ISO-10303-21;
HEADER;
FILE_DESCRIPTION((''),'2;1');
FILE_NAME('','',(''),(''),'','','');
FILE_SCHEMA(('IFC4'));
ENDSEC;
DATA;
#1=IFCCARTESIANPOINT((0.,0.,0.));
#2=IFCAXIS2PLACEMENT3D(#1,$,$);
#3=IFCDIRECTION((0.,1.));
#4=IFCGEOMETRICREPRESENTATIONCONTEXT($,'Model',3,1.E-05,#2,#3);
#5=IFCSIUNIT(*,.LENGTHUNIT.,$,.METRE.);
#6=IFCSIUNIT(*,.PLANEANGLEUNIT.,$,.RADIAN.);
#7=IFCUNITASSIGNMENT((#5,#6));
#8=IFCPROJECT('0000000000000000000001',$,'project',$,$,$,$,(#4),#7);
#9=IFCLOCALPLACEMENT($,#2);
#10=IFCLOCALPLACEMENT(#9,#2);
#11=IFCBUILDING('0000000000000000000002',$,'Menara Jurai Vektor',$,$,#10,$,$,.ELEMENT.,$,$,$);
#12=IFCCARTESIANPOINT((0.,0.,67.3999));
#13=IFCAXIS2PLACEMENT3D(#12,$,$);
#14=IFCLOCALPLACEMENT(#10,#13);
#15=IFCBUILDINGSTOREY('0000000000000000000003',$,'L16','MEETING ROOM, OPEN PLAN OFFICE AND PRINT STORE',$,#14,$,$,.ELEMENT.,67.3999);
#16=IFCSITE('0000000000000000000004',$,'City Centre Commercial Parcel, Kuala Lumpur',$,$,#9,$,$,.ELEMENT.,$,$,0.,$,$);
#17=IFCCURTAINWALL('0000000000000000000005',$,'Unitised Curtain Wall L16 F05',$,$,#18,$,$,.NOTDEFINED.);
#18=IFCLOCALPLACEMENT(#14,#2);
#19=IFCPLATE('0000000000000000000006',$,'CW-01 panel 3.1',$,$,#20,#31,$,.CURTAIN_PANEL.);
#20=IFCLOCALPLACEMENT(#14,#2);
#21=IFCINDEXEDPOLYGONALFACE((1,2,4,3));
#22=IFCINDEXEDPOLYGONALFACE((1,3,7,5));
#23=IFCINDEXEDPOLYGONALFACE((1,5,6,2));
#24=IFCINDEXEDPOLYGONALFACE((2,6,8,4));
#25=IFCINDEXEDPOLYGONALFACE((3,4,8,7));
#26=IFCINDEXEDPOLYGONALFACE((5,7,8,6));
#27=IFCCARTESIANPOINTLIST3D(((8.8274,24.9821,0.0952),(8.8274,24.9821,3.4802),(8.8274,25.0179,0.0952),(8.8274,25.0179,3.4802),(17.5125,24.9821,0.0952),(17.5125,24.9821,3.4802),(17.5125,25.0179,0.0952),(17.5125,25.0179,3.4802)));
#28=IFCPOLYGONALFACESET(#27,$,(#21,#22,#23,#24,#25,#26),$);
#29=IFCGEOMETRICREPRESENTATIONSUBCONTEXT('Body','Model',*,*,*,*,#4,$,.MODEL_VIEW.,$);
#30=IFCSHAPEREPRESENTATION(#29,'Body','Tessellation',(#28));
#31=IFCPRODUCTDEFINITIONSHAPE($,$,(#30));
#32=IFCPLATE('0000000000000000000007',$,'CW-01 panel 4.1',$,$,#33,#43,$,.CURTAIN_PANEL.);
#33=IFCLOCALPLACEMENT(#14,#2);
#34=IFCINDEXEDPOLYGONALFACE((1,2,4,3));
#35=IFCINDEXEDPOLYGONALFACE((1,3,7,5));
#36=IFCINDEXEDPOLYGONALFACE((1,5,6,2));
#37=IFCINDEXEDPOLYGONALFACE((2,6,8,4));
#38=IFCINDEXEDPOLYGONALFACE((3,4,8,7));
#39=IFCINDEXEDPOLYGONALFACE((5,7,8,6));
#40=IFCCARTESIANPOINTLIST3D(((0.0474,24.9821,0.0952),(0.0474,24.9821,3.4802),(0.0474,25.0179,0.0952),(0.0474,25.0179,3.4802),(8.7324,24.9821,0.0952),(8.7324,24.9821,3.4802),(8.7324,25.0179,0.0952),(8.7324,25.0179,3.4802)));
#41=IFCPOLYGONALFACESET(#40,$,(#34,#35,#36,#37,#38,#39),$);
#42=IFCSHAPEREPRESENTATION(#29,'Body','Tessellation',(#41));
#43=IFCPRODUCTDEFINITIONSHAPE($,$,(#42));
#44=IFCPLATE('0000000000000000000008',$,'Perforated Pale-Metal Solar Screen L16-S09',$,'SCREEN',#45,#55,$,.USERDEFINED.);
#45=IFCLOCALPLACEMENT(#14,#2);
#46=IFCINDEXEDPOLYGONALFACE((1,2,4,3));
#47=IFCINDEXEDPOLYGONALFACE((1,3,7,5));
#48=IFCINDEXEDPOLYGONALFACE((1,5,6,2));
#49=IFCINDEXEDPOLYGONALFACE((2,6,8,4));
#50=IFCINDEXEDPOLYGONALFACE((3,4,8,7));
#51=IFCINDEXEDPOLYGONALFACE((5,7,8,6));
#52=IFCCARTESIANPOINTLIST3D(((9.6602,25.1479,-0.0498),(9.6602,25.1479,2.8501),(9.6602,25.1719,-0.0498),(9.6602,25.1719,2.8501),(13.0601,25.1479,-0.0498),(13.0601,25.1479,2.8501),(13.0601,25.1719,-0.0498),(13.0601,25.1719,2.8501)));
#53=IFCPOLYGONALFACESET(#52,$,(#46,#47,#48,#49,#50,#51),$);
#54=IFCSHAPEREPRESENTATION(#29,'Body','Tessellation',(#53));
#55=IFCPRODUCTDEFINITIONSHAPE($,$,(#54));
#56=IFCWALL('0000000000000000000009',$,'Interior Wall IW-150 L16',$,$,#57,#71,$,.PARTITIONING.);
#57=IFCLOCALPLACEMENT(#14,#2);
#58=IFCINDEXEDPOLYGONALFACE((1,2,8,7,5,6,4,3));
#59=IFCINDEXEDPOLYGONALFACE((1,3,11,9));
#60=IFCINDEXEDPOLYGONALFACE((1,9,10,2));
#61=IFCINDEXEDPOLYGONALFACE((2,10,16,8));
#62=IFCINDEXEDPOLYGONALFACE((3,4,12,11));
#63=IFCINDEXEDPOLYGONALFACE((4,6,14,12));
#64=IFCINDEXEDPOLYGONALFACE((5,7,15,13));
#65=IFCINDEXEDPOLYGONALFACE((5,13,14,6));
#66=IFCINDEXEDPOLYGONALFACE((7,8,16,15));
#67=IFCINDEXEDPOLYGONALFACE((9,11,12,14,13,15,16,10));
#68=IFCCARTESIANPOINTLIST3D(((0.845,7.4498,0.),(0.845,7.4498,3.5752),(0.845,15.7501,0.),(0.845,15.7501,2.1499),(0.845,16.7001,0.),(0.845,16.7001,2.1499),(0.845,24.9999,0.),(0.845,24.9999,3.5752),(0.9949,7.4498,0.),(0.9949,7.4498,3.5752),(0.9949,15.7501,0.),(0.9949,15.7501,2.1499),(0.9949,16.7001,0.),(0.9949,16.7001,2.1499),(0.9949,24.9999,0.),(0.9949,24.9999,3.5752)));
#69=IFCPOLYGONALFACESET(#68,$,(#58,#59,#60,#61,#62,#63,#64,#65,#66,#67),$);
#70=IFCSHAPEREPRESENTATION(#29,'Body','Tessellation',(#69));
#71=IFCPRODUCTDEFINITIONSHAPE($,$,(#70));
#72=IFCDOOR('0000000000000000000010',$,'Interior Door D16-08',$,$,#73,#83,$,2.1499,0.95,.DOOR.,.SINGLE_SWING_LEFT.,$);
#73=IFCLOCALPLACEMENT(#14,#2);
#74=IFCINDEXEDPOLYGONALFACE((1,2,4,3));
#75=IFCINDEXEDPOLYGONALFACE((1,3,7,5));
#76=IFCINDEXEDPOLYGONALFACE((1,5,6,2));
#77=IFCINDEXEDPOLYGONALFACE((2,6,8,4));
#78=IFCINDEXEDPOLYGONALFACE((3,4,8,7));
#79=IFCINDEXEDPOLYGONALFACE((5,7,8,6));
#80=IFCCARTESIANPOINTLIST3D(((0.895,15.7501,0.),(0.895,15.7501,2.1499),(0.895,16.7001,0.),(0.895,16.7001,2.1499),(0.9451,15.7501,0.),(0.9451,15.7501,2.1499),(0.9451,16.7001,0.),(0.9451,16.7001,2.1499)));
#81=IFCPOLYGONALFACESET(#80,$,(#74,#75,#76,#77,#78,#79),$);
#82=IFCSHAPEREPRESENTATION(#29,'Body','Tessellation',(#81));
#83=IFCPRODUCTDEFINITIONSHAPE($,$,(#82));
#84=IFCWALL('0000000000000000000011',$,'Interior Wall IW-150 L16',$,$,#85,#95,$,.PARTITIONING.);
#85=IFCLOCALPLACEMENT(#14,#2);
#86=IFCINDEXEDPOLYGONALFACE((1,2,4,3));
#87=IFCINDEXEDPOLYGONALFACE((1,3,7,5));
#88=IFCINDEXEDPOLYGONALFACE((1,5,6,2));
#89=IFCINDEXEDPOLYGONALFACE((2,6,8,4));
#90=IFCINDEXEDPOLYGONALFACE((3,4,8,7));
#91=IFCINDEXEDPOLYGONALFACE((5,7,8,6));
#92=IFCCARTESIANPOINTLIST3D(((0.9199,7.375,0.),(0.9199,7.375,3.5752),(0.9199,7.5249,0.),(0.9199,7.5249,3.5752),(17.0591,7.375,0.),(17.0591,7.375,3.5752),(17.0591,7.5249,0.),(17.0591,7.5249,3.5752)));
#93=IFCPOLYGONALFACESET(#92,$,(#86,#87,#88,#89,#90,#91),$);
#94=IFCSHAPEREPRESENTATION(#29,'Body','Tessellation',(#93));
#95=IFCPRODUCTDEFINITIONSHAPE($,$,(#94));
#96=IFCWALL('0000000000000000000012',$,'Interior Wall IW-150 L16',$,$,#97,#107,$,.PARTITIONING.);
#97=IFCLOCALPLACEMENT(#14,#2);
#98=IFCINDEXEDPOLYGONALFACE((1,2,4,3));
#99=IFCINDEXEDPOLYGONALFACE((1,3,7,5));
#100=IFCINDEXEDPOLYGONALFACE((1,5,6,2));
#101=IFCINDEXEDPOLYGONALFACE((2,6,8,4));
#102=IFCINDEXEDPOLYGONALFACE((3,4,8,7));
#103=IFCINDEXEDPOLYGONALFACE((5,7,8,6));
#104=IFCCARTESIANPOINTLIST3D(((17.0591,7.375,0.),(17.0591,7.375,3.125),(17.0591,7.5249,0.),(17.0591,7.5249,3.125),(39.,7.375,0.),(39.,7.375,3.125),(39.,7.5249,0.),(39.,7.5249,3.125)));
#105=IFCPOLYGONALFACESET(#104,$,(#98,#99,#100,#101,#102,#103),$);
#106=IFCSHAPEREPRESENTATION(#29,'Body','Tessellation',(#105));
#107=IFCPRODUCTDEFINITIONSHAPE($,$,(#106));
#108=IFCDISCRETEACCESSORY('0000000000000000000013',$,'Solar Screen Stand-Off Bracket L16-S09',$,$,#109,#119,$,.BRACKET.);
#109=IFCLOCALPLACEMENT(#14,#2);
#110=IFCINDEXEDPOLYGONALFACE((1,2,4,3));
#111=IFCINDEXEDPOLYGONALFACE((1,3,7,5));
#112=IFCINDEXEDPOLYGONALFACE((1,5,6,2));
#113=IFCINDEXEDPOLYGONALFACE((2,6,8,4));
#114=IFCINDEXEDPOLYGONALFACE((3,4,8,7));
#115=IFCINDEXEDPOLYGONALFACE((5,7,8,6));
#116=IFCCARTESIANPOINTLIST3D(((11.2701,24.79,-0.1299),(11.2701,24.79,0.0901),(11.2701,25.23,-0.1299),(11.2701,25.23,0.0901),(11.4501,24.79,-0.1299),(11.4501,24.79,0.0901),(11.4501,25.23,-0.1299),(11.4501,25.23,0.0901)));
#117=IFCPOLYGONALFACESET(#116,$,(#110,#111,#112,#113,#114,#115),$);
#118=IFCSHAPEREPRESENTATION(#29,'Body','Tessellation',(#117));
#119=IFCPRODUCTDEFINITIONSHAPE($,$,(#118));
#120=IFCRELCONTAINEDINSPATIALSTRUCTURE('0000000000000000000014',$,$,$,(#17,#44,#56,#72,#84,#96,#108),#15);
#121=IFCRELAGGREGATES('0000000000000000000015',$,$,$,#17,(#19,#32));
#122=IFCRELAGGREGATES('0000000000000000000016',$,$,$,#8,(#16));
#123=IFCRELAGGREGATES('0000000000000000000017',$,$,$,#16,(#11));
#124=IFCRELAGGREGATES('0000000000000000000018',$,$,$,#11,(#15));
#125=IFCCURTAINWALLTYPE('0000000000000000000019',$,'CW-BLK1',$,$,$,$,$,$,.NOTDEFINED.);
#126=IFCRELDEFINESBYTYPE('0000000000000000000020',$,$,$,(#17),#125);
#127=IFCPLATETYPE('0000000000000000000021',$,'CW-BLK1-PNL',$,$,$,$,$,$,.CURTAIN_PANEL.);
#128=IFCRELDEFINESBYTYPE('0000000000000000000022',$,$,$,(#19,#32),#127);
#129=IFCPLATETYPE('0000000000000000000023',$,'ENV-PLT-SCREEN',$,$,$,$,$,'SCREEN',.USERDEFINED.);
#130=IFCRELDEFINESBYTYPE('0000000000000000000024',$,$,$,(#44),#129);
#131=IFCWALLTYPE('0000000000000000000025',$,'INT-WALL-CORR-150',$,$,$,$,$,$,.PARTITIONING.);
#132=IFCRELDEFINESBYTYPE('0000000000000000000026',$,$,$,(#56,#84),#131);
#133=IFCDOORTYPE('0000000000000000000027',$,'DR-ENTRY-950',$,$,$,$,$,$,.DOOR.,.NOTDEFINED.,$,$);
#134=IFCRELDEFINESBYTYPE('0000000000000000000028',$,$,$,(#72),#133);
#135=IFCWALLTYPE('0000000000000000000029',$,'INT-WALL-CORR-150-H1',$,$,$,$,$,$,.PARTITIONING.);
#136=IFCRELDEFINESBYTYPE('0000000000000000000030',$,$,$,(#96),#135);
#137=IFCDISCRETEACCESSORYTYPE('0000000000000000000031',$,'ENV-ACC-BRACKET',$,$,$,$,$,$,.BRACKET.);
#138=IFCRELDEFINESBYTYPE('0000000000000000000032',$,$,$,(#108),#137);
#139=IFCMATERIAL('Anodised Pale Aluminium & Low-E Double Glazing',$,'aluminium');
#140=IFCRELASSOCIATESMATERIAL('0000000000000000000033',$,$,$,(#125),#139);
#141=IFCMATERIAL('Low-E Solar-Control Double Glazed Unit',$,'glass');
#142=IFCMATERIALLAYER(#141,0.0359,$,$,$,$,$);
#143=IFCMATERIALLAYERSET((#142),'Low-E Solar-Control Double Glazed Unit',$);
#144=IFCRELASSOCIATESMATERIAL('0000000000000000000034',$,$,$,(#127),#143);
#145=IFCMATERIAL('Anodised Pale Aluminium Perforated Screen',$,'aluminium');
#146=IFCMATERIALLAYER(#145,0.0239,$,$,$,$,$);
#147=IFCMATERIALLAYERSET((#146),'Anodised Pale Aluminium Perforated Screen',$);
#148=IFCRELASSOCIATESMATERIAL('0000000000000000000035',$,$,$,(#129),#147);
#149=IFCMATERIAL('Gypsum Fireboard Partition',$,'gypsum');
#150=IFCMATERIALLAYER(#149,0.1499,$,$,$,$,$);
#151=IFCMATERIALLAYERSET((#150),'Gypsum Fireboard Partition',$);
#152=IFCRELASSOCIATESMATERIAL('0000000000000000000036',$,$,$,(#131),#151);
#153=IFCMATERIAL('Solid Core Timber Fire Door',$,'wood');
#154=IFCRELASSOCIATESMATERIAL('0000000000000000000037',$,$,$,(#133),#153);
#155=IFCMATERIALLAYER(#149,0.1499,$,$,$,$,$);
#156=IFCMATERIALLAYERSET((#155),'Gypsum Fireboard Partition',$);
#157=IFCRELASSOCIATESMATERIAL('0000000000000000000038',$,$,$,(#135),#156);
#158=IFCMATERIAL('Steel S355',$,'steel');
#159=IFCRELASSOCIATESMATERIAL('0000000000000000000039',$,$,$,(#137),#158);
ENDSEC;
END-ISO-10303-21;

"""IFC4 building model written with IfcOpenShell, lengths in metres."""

from ifc_helpers import new_model, si_unit, direction, frame, frame_2d, origin, origin_2d, place, context, subcontext, project, spatial, rectangle, extrude, material, layer, layer_set, type_object, element, fill, aggregate, save


model = new_model("IFC4")

# Units and contexts
model_context = context("Model", 3, precision=1e-05, world=origin(), true_north=direction((0.0, 1.0)))
body_context = subcontext(model_context, "Body", "Model", "MODEL_VIEW")
ifc_project = project(units=[si_unit("LENGTHUNIT", "METRE"), si_unit("PLANEANGLEUNIT", "RADIAN")], contexts=[model_context])

# Site, building, storey
site_placement = place(None, origin())
site = spatial("IfcSite", under=ifc_project, at=site_placement, Name="City Centre Commercial Parcel, Kuala Lumpur", CompositionType="ELEMENT", RefElevation=0.0)
building_placement = place(site_placement, origin())
building = spatial("IfcBuilding", under=site, at=building_placement, Name="Menara Jurai Vektor", CompositionType="ELEMENT")
storey_placement = place(building_placement, frame((0.0, 0.0, 67.3999)))
storey = spatial("IfcBuildingStorey", under=building, at=storey_placement, Name="L16", Description="MEETING ROOM, OPEN PLAN OFFICE AND PRINT STORE", CompositionType="ELEMENT", Elevation=67.3999)

# Curtain wall
ifc_material_1 = material(Name="Anodised Pale Aluminium & Low-E Double Glazing", Category="aluminium")
curtain_wall_type = type_object("IfcCurtainWallType", Name="CW-BLK1", PredefinedType="NOTDEFINED", material=ifc_material_1)
curtain_wall_placement = place(storey_placement, origin())
curtain_wall = element("IfcCurtainWall", 1, at=curtain_wall_placement, inside=storey, type_object=curtain_wall_type, Name="Unitised Curtain Wall L16 F05", PredefinedType="NOTDEFINED")

# Shared definitions
ifc_material_2 = material(Name="Steel S355", Category="steel")

# Plates
ifc_material_3 = material(Name="Low-E Solar-Control Double Glazed Unit", Category="glass")
ifc_layer_1 = layer(ifc_material_3, 0.0359)
ifc_layer_set_1 = layer_set([ifc_layer_1], Name="Low-E Solar-Control Double Glazed Unit")
plate_type_1 = type_object("IfcPlateType", Name="CW-BLK1-PNL", PredefinedType="CURTAIN_PANEL", material=ifc_layer_set_1)
plate_1_placement = place(storey_placement, frame((13.1699, 25.0, 0.0952), z_axis=(0.0, 0.0, 1.0), x_axis=(-1.0, 0.0, 0.0)))
plate_1 = element("IfcPlate", 2, at=plate_1_placement, type_object=plate_type_1, Name="CW-01 panel 3.1", PredefinedType="CURTAIN_PANEL", context=body_context, shape_type="SweptSolid", body=[
    extrude(rectangle(XDim=8.6851, YDim=0.0359, at=origin_2d()), origin(), (0.0, 0.0, 1.0), 3.385),
])
plate_2_placement = place(storey_placement, frame((4.3899, 25.0, 0.0952), z_axis=(0.0, 0.0, 1.0), x_axis=(-1.0, 0.0, 0.0)))
plate_2 = element("IfcPlate", 3, at=plate_2_placement, type_object=plate_type_1, Name="CW-01 panel 4.1", PredefinedType="CURTAIN_PANEL", context=body_context, shape_type="SweptSolid", body=[
    extrude(rectangle(XDim=8.6851, YDim=0.0359, at=origin_2d()), origin(), (0.0, 0.0, 1.0), 3.385),
])
aggregate(curtain_wall, [plate_1, plate_2])
ifc_material_4 = material(Name="Anodised Pale Aluminium Perforated Screen", Category="aluminium")
ifc_layer_2 = layer(ifc_material_4, 0.0239)
ifc_layer_set_2 = layer_set([ifc_layer_2], Name="Anodised Pale Aluminium Perforated Screen")
plate_type_2 = type_object("IfcPlateType", Name="ENV-PLT-SCREEN", ElementType="SCREEN", PredefinedType="USERDEFINED", material=ifc_layer_set_2)
plate_3_placement = place(storey_placement, frame((11.3601, 25.1599, -0.0498), z_axis=(0.0, 0.0, 1.0), x_axis=(-1.0, 0.0, 0.0)))
element("IfcPlate", 4, at=plate_3_placement, inside=storey, type_object=plate_type_2, Name="Perforated Pale-Metal Solar Screen L16-S09", ObjectType="SCREEN", PredefinedType="USERDEFINED", context=body_context, shape_type="SweptSolid", body=[
    extrude(rectangle(XDim=3.3999, YDim=0.0239, at=origin_2d()), origin(), (0.0, 0.0, 1.0), 2.8999),
])

# Wall, opening, door
ifc_material_5 = material(Name="Gypsum Fireboard Partition", Category="gypsum")
ifc_layer_3 = layer(ifc_material_5, 0.1499)
ifc_layer_set_3 = layer_set([ifc_layer_3], Name="Gypsum Fireboard Partition")
wall_type_1 = type_object("IfcWallType", Name="INT-WALL-CORR-150", PredefinedType="PARTITIONING", material=ifc_layer_set_3)
wall_1_placement = place(storey_placement, frame((0.9199, 7.45, 0.0), z_axis=(0.0, 0.0, 1.0), x_axis=(0.0, 1.0, 0.0)))
wall_1 = element("IfcWall", 5, at=wall_1_placement, inside=storey, type_object=wall_type_1, Name="Interior Wall IW-150 L16", PredefinedType="PARTITIONING", context=body_context, shape_type="SweptSolid", body=[
    extrude(rectangle(XDim=17.55, YDim=0.1499, at=frame_2d((8.7749, 0.0))), origin(), (0.0, 0.0, 1.0), 3.5752),
])
opening_placement = place(wall_1_placement, frame((8.3, 0.0, 0.0)))
opening = element("IfcOpeningElement", 6, at=opening_placement, cuts=wall_1, PredefinedType="OPENING", context=body_context, shape_type="SweptSolid", body=[
    extrude(rectangle(XDim=0.95, YDim=2.1499, at=frame_2d((0.4751, 1.075))), frame((0.0, 0.085, 0.0), z_axis=(0.0, -1.0, 0.0), x_axis=(1.0, 0.0, 0.0)), (0.0, 0.0, 1.0), 0.1699),
])
ifc_material_6 = material(Name="Solid Core Timber Fire Door", Category="wood")
door_type = type_object("IfcDoorType", Name="DR-ENTRY-950", OperationType="NOTDEFINED", PredefinedType="DOOR", material=ifc_material_6)
door_placement = place(opening_placement, origin())
door = element("IfcDoor", 7, at=door_placement, inside=storey, type_object=door_type, Name="Interior Door D16-08", OperationType="SINGLE_SWING_LEFT", OverallHeight=2.1499, OverallWidth=0.95, PredefinedType="DOOR", context=body_context, shape_type="SweptSolid", body=[
    extrude(rectangle(XDim=0.95, YDim=2.1499, at=frame_2d((0.4751, 1.075))), frame((0.0, 0.0249, 0.0), z_axis=(0.0, -1.0, 0.0), x_axis=(1.0, 0.0, 0.0)), (0.0, 0.0, 1.0), 0.05),
])
fill(opening, door)

# Walls
wall_2_placement = place(storey_placement, frame((0.9199, 7.45, 0.0), z_axis=(0.0, 0.0, 1.0), x_axis=(1.0, 0.0, 0.0)))
element("IfcWall", 8, at=wall_2_placement, inside=storey, type_object=wall_type_1, Name="Interior Wall IW-150 L16", PredefinedType="PARTITIONING", context=body_context, shape_type="SweptSolid", body=[
    extrude(rectangle(XDim=16.1392, YDim=0.1499, at=frame_2d((8.0696, 0.0))), origin(), (0.0, 0.0, 1.0), 3.5752),
])
ifc_layer_4 = layer(ifc_material_5, 0.1499)
ifc_layer_set_4 = layer_set([ifc_layer_4], Name="Gypsum Fireboard Partition")
wall_type_2 = type_object("IfcWallType", Name="INT-WALL-CORR-150-H1", PredefinedType="PARTITIONING", material=ifc_layer_set_4)
wall_3_placement = place(storey_placement, frame((17.0591, 7.45, 0.0), z_axis=(0.0, 0.0, 1.0), x_axis=(1.0, 0.0, 0.0)))
element("IfcWall", 9, at=wall_3_placement, inside=storey, type_object=wall_type_2, Name="Interior Wall IW-150 L16", PredefinedType="PARTITIONING", context=body_context, shape_type="SweptSolid", body=[
    extrude(rectangle(XDim=21.9409, YDim=0.1499, at=frame_2d((10.9705, 0.0))), origin(), (0.0, 0.0, 1.0), 3.125),
])

# Discrete accessory
discrete_accessory_type = type_object("IfcDiscreteAccessoryType", Name="ENV-ACC-BRACKET", PredefinedType="BRACKET", material=ifc_material_2)
discrete_accessory_placement = place(storey_placement, frame((11.3601, 25.01, -0.1299), z_axis=(0.0, 0.0, 1.0), x_axis=(-1.0, 0.0, 0.0)))
element("IfcDiscreteAccessory", 10, at=discrete_accessory_placement, inside=storey, type_object=discrete_accessory_type, Name="Solar Screen Stand-Off Bracket L16-S09", PredefinedType="BRACKET", context=body_context, shape_type="SweptSolid", body=[
    extrude(rectangle(XDim=0.1799, YDim=0.4399, at=origin_2d()), origin(), (0.0, 0.0, 1.0), 0.22),
])

save(model, "model.ifc")
